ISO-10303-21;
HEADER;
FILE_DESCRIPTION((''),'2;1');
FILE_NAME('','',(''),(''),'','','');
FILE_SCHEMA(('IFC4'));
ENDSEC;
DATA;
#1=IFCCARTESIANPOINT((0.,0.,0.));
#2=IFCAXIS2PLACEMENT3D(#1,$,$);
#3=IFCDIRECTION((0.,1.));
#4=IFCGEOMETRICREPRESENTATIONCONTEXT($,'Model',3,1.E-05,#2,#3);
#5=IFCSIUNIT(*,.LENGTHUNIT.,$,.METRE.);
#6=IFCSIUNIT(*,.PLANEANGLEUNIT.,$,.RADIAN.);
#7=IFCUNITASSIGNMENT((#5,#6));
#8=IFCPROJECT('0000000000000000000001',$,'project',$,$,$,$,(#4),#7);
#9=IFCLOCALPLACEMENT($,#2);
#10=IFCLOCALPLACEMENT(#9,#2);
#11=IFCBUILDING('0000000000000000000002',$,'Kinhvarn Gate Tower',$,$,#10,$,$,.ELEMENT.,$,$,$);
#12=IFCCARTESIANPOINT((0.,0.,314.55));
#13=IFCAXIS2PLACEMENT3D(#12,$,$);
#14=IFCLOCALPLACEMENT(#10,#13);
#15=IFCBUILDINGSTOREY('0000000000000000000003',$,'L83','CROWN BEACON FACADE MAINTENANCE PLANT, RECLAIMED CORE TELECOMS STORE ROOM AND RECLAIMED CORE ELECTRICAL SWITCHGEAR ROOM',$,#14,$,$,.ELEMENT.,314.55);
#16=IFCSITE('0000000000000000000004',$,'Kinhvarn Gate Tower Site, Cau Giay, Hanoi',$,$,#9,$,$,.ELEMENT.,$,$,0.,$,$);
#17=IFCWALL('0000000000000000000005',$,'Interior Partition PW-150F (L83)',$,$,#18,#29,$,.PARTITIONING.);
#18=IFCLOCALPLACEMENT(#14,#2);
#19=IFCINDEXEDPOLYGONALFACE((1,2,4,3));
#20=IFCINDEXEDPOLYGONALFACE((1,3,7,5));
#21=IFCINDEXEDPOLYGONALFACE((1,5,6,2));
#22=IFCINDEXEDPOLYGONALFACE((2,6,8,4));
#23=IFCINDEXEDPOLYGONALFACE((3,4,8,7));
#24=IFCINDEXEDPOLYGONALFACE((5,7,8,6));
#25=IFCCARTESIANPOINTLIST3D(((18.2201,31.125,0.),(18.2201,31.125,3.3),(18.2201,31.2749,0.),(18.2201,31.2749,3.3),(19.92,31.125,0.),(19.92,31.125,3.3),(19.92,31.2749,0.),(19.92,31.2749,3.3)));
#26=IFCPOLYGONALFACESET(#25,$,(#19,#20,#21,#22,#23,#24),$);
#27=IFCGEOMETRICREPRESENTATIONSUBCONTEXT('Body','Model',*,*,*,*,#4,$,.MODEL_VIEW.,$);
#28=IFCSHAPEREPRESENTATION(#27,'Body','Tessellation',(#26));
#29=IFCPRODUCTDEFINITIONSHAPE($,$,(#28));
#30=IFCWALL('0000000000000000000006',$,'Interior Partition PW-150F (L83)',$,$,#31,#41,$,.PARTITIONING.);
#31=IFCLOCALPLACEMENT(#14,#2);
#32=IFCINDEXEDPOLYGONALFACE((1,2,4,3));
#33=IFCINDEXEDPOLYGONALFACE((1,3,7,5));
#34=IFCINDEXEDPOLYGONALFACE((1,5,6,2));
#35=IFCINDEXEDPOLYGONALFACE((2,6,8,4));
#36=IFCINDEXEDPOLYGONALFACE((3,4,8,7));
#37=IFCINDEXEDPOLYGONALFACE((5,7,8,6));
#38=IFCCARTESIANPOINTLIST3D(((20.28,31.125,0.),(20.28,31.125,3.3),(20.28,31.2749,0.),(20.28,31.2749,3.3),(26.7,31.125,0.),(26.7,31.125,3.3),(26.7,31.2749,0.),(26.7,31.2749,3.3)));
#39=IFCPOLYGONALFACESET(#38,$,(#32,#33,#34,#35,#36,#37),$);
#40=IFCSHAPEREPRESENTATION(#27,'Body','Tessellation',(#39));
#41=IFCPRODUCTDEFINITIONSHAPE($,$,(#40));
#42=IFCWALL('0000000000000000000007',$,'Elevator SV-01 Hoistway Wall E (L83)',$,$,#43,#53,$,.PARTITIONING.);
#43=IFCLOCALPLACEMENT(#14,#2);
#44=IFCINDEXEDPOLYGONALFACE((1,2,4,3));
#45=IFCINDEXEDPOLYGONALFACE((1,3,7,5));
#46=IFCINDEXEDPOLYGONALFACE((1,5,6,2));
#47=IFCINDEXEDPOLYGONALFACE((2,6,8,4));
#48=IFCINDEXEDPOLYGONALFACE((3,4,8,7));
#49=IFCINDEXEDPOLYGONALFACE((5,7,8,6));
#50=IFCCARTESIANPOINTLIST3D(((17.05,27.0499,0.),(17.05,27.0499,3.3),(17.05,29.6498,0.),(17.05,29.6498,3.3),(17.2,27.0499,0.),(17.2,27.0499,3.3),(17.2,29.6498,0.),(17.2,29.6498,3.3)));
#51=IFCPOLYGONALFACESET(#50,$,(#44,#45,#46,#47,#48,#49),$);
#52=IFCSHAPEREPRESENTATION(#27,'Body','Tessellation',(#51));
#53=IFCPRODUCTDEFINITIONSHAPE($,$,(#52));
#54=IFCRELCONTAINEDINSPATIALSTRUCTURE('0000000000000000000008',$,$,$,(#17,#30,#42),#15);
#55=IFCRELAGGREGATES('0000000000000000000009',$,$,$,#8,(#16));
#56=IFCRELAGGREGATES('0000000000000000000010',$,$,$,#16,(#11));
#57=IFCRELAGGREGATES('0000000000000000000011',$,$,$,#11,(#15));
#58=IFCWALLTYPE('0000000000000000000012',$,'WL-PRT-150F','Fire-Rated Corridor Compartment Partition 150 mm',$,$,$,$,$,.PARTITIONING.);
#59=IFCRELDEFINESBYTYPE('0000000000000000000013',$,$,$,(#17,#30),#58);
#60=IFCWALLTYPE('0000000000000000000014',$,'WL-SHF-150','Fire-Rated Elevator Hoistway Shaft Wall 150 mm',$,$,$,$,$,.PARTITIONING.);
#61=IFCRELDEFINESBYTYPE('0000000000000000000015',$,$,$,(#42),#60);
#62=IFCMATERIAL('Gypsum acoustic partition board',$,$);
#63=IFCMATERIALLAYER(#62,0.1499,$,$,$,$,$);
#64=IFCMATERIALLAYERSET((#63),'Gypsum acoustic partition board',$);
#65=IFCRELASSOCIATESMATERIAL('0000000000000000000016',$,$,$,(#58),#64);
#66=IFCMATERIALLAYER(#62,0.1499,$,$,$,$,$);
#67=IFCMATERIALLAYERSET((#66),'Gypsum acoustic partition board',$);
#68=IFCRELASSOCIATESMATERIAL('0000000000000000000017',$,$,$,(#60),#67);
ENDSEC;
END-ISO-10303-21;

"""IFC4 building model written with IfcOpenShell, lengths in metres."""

from ifc_helpers import new_model, si_unit, direction, frame, frame_2d, origin, place, context, subcontext, project, spatial, rectangle, extrude, material, layer, layer_set, type_object, element, save


model = new_model("IFC4")

# Units and contexts
model_context = context("Model", 3, precision=1e-05, world=origin(), true_north=direction((0.0, 1.0)))
body_context = subcontext(model_context, "Body", "Model", "MODEL_VIEW")
ifc_project = project(units=[si_unit("LENGTHUNIT", "METRE"), si_unit("PLANEANGLEUNIT", "RADIAN")], contexts=[model_context])

# Site, building, storey
site_placement = place(None, origin())
site = spatial("IfcSite", under=ifc_project, at=site_placement, Name="Kinhvarn Gate Tower Site, Cau Giay, Hanoi", CompositionType="ELEMENT", RefElevation=0.0)
building_placement = place(site_placement, origin())
building = spatial("IfcBuilding", under=site, at=building_placement, Name="Kinhvarn Gate Tower", CompositionType="ELEMENT")
storey_placement = place(building_placement, frame((0.0, 0.0, 314.55)))
storey = spatial("IfcBuildingStorey", under=building, at=storey_placement, Name="L83", Description="CROWN BEACON FACADE MAINTENANCE PLANT, RECLAIMED CORE TELECOMS STORE ROOM AND RECLAIMED CORE ELECTRICAL SWITCHGEAR ROOM", CompositionType="ELEMENT", Elevation=314.55)

# Walls
ifc_material_1 = material(Name="Gypsum acoustic partition board")
ifc_layer_1 = layer(ifc_material_1, 0.1499)
ifc_layer_set_1 = layer_set([ifc_layer_1], Name="Gypsum acoustic partition board")
wall_type_1 = type_object("IfcWallType", Name="WL-PRT-150F", Description="Fire-Rated Corridor Compartment Partition 150 mm", PredefinedType="PARTITIONING", material=ifc_layer_set_1)
wall_1_placement = place(storey_placement, frame((18.22, 31.2, 0.0), z_axis=(0.0, 0.0, 1.0), x_axis=(1.0, 0.0, 0.0)))
element("IfcWall", 1, at=wall_1_placement, inside=storey, type_object=wall_type_1, Name="Interior Partition PW-150F (L83)", PredefinedType="PARTITIONING", context=body_context, shape_type="SweptSolid", body=[
    extrude(rectangle(XDim=1.7, YDim=0.1499, at=frame_2d((0.8501, 0.0))), origin(), (0.0, 0.0, 1.0), 3.3),
])
wall_2_placement = place(storey_placement, frame((20.28, 31.2, 0.0), z_axis=(0.0, 0.0, 1.0), x_axis=(1.0, 0.0, 0.0)))
element("IfcWall", 2, at=wall_2_placement, inside=storey, type_object=wall_type_1, Name="Interior Partition PW-150F (L83)", PredefinedType="PARTITIONING", context=body_context, shape_type="SweptSolid", body=[
    extrude(rectangle(XDim=6.4199, YDim=0.1499, at=frame_2d((3.21, 0.0))), origin(), (0.0, 0.0, 1.0), 3.3),
])
ifc_layer_2 = layer(ifc_material_1, 0.1499)
ifc_layer_set_2 = layer_set([ifc_layer_2], Name="Gypsum acoustic partition board")
wall_type_2 = type_object("IfcWallType", Name="WL-SHF-150", Description="Fire-Rated Elevator Hoistway Shaft Wall 150 mm", PredefinedType="PARTITIONING", material=ifc_layer_set_2)
wall_3_placement = place(storey_placement, frame((17.125, 27.05, 0.0), z_axis=(0.0, 0.0, 1.0), x_axis=(0.0, 1.0, 0.0)))
element("IfcWall", 3, at=wall_3_placement, inside=storey, type_object=wall_type_2, Name="Elevator SV-01 Hoistway Wall E (L83)", PredefinedType="PARTITIONING", context=body_context, shape_type="SweptSolid", body=[
    extrude(rectangle(XDim=2.5999, YDim=0.1499, at=frame_2d((1.2998, 0.0))), origin(), (0.0, 0.0, 1.0), 3.3),
])

save(model, "model.ifc")
